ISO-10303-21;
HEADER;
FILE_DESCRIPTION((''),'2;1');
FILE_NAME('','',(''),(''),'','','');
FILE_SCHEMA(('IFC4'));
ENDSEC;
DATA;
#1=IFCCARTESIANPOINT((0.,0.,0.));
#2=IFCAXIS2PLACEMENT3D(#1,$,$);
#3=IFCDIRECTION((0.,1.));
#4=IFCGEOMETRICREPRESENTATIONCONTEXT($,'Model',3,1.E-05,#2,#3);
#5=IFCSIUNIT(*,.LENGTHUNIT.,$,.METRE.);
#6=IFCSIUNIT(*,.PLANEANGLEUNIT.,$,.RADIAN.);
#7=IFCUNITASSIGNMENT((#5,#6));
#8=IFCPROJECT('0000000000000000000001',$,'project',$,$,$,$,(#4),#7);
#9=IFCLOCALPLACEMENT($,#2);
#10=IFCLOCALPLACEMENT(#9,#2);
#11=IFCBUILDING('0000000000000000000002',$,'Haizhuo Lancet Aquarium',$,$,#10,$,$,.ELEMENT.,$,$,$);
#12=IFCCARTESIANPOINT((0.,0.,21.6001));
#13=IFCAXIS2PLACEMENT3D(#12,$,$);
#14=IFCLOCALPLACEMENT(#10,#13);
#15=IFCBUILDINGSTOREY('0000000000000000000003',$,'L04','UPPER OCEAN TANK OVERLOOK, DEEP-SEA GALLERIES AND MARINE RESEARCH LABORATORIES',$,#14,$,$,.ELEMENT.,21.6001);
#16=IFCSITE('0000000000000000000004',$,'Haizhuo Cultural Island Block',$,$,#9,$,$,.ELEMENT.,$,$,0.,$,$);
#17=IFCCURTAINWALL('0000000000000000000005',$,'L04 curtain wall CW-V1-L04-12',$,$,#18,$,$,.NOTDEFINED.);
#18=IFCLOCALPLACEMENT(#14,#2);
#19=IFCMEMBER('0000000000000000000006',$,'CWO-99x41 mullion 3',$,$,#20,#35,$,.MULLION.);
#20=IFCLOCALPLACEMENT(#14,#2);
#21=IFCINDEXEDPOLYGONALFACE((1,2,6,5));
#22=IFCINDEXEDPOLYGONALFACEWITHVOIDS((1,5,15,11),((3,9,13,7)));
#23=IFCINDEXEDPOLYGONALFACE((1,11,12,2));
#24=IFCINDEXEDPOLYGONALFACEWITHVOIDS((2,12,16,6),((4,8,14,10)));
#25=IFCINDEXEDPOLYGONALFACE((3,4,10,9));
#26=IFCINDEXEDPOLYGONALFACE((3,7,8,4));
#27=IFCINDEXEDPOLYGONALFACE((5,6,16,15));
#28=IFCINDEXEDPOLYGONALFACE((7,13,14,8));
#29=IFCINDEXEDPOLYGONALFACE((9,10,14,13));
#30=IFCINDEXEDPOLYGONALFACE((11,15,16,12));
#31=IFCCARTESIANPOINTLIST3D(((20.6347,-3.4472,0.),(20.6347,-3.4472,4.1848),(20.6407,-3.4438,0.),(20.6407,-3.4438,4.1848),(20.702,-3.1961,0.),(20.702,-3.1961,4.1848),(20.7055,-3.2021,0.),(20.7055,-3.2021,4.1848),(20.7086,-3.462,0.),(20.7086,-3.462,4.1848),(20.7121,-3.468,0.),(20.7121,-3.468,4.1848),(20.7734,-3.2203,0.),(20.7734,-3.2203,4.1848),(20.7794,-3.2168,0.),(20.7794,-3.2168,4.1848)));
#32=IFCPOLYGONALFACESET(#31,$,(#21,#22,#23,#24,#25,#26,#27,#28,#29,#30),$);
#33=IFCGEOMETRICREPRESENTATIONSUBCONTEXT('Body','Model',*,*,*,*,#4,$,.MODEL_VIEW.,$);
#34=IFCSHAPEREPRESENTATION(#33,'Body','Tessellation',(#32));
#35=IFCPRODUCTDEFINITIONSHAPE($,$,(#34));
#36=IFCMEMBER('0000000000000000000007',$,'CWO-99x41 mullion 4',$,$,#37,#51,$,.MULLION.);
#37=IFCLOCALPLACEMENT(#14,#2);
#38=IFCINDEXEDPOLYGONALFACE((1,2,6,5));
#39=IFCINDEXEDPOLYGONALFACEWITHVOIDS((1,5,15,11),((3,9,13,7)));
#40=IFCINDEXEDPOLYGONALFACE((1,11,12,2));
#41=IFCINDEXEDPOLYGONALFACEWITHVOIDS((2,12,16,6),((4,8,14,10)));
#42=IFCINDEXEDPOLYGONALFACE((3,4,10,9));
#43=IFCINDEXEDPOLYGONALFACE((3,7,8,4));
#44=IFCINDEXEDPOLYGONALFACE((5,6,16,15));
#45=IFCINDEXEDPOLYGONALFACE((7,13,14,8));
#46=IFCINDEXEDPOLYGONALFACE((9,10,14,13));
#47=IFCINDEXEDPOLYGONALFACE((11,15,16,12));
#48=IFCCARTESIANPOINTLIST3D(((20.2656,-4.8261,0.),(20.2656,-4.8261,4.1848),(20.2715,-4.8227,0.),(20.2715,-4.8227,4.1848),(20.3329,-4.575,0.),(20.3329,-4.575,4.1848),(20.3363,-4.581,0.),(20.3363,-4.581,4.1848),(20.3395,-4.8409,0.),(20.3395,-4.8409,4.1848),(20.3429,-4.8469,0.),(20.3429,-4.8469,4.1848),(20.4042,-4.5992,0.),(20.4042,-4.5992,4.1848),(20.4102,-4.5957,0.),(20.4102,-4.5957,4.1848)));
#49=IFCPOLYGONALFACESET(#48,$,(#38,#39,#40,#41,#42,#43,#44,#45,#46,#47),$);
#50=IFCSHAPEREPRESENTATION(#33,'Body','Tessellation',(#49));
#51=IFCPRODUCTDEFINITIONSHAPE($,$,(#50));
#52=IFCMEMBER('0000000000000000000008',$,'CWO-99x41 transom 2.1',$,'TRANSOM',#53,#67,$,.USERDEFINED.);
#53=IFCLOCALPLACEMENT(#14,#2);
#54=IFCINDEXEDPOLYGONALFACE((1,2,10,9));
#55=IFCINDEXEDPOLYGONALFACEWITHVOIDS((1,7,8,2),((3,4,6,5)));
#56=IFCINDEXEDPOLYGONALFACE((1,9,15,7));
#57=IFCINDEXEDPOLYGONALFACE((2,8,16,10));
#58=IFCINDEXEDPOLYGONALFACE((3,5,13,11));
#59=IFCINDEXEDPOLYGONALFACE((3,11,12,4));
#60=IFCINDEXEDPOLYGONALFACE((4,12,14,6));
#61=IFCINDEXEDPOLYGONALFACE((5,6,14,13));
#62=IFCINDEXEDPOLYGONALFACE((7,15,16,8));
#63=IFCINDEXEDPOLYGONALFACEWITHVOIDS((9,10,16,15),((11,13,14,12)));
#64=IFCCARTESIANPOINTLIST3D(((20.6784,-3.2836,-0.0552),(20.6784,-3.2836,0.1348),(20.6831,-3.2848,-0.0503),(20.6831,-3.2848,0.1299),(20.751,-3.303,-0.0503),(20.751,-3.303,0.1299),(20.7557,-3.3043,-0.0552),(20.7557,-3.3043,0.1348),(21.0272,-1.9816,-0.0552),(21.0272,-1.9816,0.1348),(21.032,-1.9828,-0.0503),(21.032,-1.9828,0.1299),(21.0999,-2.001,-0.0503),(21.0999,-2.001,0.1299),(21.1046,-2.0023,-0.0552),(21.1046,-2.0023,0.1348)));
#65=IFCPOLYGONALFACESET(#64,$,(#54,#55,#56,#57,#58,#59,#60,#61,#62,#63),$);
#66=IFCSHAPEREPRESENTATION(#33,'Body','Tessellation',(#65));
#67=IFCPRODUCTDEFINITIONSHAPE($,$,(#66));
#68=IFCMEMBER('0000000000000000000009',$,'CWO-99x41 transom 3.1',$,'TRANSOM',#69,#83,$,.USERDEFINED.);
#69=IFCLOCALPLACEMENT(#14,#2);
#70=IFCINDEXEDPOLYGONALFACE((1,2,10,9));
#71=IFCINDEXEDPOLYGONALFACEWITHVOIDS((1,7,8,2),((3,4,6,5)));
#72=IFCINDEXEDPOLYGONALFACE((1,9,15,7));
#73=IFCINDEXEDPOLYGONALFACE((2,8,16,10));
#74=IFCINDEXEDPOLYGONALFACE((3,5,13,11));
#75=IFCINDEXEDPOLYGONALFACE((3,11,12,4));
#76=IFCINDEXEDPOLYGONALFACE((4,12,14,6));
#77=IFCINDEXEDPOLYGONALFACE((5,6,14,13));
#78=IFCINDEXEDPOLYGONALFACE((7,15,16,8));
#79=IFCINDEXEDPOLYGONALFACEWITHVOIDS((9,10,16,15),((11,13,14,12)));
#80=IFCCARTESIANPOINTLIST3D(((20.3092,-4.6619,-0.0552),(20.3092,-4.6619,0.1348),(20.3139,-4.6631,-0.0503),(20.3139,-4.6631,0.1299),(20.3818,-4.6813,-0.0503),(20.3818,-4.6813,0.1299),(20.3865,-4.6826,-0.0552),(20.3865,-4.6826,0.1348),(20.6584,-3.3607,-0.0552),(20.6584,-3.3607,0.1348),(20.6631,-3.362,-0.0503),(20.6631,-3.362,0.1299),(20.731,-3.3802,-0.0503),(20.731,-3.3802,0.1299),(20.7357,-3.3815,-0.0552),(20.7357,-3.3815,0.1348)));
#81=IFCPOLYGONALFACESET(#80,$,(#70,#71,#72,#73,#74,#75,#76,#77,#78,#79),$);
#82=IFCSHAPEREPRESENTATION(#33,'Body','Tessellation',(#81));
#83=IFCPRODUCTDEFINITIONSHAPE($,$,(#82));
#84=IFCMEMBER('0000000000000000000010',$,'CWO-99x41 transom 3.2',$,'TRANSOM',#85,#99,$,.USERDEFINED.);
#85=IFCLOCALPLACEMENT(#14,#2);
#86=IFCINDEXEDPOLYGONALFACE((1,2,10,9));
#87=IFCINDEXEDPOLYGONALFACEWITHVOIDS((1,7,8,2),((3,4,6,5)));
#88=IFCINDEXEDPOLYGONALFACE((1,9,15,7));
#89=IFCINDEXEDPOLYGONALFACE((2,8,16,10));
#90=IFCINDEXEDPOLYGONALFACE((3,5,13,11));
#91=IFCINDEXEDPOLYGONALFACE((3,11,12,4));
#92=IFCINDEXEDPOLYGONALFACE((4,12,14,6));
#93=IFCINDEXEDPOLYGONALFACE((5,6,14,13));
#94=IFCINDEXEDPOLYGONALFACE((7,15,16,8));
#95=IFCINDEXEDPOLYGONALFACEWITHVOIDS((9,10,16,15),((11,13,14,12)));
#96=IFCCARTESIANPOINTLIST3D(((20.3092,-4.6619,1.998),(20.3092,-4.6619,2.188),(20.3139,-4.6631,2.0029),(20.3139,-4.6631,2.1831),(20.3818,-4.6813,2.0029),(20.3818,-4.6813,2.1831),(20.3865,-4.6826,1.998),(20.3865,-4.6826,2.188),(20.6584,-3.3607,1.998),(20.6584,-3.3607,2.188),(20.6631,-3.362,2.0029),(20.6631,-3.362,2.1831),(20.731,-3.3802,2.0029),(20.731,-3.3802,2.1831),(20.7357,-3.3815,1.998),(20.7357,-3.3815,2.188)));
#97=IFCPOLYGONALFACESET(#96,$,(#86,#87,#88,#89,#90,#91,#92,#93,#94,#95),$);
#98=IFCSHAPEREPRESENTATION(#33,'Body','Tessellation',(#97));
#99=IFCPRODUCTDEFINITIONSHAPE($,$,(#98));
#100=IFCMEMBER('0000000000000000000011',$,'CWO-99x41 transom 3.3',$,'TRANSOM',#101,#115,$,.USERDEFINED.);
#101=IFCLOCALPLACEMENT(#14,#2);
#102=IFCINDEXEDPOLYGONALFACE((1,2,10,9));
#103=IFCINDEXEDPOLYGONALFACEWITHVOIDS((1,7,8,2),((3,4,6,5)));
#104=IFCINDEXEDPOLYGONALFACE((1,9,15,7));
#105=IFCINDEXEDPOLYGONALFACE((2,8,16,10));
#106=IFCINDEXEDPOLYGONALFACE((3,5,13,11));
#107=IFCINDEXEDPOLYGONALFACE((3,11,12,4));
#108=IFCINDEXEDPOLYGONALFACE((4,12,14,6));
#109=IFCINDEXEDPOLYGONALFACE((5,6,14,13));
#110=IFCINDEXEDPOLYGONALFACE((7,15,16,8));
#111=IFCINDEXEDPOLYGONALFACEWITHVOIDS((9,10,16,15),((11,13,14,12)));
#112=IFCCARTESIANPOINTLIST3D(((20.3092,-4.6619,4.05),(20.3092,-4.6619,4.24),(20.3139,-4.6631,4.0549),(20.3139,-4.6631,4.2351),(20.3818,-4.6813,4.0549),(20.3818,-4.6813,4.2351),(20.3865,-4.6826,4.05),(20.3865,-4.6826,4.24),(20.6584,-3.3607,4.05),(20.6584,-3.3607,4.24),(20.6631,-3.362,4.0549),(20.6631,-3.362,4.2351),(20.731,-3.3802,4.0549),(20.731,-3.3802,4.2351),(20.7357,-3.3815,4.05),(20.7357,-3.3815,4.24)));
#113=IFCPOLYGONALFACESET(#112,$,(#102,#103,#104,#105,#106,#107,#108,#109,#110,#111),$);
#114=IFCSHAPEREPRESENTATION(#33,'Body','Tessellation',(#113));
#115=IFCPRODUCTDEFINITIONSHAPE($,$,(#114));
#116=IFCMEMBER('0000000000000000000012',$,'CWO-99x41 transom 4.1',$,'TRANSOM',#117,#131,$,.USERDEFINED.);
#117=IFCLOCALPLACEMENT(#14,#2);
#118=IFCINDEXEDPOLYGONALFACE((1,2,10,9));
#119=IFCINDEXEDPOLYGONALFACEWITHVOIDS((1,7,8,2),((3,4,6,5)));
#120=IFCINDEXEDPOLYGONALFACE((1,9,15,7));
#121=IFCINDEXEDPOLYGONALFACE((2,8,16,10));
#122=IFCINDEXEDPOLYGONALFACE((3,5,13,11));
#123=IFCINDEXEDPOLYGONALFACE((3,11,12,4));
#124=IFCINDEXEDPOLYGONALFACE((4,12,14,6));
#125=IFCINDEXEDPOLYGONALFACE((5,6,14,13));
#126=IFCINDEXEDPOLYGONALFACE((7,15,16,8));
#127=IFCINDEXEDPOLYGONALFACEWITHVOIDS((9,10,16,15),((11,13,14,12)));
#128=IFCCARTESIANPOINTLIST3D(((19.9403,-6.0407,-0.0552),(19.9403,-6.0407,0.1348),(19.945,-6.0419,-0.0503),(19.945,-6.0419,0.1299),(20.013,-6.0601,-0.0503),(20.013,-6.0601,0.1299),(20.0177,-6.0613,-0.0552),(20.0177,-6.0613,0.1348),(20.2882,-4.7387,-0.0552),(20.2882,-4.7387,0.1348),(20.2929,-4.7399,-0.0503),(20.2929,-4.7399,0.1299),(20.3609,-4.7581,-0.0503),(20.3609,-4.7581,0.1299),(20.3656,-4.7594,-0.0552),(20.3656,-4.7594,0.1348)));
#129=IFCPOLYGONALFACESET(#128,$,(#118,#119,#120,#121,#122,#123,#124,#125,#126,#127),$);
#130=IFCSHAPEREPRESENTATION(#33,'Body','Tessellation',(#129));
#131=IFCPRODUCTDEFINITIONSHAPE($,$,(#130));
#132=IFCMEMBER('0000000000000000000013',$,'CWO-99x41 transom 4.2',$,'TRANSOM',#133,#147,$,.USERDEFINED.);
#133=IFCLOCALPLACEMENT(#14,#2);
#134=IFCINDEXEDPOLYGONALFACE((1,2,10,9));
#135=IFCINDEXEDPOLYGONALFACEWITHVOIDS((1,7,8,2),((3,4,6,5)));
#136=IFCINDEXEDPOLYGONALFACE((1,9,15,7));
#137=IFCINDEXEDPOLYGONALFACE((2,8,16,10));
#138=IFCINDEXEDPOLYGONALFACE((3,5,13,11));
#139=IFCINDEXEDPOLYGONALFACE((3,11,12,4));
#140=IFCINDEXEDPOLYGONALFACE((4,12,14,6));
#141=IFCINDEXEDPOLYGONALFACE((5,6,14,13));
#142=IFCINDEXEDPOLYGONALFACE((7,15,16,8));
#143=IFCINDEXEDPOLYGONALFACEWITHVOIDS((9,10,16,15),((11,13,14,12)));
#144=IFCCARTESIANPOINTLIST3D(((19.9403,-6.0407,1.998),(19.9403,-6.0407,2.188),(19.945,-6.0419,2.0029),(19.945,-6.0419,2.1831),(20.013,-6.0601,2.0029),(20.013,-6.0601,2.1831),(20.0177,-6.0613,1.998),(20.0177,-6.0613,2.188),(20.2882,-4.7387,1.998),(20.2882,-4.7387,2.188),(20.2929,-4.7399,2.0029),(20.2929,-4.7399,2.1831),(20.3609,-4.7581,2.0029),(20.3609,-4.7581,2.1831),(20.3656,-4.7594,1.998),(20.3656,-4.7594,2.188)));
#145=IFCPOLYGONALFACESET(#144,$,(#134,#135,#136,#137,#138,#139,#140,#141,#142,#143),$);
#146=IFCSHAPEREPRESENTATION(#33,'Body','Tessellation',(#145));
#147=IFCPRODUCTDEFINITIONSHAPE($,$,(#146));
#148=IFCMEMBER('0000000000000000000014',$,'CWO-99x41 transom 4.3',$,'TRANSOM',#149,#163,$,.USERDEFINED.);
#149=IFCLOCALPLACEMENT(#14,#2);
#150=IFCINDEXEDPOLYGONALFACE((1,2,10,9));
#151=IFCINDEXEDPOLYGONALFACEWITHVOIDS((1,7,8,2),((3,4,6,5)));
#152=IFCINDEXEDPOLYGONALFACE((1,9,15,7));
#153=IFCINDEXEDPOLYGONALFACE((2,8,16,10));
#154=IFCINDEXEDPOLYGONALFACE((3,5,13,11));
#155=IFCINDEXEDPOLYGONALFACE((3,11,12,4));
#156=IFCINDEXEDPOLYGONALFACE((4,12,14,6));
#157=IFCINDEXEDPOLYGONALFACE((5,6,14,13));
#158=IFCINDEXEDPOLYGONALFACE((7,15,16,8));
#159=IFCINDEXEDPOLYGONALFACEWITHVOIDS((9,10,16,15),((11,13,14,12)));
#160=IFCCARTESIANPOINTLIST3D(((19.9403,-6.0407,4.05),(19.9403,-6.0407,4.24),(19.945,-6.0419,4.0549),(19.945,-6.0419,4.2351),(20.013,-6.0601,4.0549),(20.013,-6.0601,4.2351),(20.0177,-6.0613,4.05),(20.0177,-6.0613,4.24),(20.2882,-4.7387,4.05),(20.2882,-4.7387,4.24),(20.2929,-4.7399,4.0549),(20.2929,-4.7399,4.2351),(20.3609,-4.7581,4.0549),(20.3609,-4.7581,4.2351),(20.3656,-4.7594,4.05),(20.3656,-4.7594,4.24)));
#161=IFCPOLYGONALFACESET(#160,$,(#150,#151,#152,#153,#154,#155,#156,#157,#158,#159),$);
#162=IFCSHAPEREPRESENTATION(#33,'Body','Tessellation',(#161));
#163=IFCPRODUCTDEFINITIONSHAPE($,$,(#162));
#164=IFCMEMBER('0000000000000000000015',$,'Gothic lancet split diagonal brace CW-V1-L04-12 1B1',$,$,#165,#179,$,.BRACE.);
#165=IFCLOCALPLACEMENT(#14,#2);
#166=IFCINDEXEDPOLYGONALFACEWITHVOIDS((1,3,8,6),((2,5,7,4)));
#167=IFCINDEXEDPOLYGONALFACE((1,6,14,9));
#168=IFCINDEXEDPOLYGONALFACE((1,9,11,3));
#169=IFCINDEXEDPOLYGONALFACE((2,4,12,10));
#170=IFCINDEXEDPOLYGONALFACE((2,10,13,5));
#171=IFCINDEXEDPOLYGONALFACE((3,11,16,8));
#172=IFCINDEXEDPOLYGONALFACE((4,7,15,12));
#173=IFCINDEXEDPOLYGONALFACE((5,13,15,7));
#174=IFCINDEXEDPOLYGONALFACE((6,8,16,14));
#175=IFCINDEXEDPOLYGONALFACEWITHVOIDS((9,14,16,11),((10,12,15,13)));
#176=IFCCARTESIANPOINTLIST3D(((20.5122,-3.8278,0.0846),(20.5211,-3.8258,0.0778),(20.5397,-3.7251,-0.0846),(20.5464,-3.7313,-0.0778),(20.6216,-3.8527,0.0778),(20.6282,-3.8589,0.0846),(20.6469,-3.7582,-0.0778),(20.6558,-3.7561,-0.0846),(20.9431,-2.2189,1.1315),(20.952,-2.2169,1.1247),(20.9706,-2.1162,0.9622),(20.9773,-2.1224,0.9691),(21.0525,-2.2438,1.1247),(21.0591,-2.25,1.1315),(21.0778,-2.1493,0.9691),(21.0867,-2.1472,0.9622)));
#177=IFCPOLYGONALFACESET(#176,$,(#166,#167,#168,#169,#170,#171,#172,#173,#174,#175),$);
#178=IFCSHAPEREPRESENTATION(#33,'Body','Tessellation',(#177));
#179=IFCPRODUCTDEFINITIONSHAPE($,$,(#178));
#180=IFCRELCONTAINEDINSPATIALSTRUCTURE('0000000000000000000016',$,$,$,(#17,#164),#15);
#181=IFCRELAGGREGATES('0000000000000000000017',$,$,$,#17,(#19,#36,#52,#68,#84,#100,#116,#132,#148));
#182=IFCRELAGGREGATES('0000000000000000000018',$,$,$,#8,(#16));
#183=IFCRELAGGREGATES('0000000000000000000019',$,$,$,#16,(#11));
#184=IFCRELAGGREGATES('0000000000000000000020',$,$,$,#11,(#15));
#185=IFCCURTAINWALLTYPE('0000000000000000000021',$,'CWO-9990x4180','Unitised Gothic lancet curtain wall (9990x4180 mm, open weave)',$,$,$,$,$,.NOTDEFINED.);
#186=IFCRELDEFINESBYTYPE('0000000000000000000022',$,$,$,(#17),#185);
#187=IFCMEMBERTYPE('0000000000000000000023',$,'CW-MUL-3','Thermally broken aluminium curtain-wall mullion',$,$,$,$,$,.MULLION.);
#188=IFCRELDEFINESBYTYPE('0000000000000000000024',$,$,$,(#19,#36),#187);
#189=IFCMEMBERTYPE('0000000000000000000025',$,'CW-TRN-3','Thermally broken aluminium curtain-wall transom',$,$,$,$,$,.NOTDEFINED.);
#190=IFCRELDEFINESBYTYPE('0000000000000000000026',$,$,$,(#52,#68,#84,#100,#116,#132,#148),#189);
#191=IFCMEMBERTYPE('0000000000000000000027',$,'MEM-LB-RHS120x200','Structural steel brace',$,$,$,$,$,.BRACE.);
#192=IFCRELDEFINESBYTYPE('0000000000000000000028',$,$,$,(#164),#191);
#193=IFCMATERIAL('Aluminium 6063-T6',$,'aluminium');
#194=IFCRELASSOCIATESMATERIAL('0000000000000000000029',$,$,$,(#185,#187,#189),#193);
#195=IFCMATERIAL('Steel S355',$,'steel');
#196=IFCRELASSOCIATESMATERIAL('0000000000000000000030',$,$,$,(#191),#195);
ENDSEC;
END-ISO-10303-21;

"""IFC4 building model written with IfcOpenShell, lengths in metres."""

from ifc_helpers import new_model, si_unit, direction, frame, origin, origin_2d, place, context, subcontext, project, spatial, hollow_rectangle, extrude, material, material_profile, profile_set, type_object, element, aggregate, save


model = new_model("IFC4")

# Units and contexts
model_context = context("Model", 3, precision=1e-05, world=origin(), true_north=direction((0.0, 1.0)))
body_context = subcontext(model_context, "Body", "Model", "MODEL_VIEW")
ifc_project = project(units=[si_unit("LENGTHUNIT", "METRE"), si_unit("PLANEANGLEUNIT", "RADIAN")], contexts=[model_context])

# Site, building, storey
site_placement = place(None, origin())
site = spatial("IfcSite", under=ifc_project, at=site_placement, Name="Haizhuo Cultural Island Block", CompositionType="ELEMENT", RefElevation=0.0)
building_placement = place(site_placement, origin())
building = spatial("IfcBuilding", under=site, at=building_placement, Name="Haizhuo Lancet Aquarium", CompositionType="ELEMENT")
storey_placement = place(building_placement, frame((0.0, 0.0, 21.6001)))
storey = spatial("IfcBuildingStorey", under=building, at=storey_placement, Name="L04", Description="UPPER OCEAN TANK OVERLOOK, DEEP-SEA GALLERIES AND MARINE RESEARCH LABORATORIES", CompositionType="ELEMENT", Elevation=21.6001)

# Curtain wall, members
ifc_material_1 = material(Name="Aluminium 6063-T6", Category="aluminium")
curtain_wall_type = type_object("IfcCurtainWallType", Name="CWO-9990x4180", Description="Unitised Gothic lancet curtain wall (9990x4180 mm, open weave)", PredefinedType="NOTDEFINED", material=ifc_material_1)
curtain_wall_placement = place(storey_placement, origin())
curtain_wall = element("IfcCurtainWall", 1, at=curtain_wall_placement, inside=storey, type_object=curtain_wall_type, Name="L04 curtain wall CW-V1-L04-12", PredefinedType="NOTDEFINED")
ifc_material_profile_1 = material_profile(ifc_material_1, hollow_rectangle(XDim=0.0801, YDim=0.26, WallThickness=0.0049, at=origin_2d()), Name="ALU-M 80x260x5")
ifc_profile_set_1 = profile_set([ifc_material_profile_1], Name="Aluminium 6063-T6")
member_type_1 = type_object("IfcMemberType", Name="CW-MUL-3", Description="Thermally broken aluminium curtain-wall mullion", PredefinedType="MULLION", material=ifc_profile_set_1)
member_1_placement = place(storey_placement, frame((20.707, -3.332, 0.0), z_axis=(0.0, 0.0, 1.0), x_axis=(0.965917, -0.258853, 0.0)))
member_1 = element("IfcMember", 2, at=member_1_placement, type_object=member_type_1, Name="CWO-99x41 mullion 3", PredefinedType="MULLION", context=body_context, shape_type="SweptSolid", body=[
    extrude(hollow_rectangle(XDim=0.0801, YDim=0.26, WallThickness=0.0049, at=origin_2d()), origin(), (0.0, 0.0, 1.0), 4.1848),
])
member_2_placement = place(storey_placement, frame((20.3379, -4.7109, 0.0), z_axis=(0.0, 0.0, 1.0), x_axis=(0.965917, -0.258853, 0.0)))
member_2 = element("IfcMember", 3, at=member_2_placement, type_object=member_type_1, Name="CWO-99x41 mullion 4", PredefinedType="MULLION", context=body_context, shape_type="SweptSolid", body=[
    extrude(hollow_rectangle(XDim=0.0801, YDim=0.26, WallThickness=0.0049, at=origin_2d()), origin(), (0.0, 0.0, 1.0), 4.1848),
])
ifc_material_profile_2 = material_profile(ifc_material_1, hollow_rectangle(XDim=0.0801, YDim=0.1899, WallThickness=0.0049, at=origin_2d()), Name="ALU-T 80x190x5")
ifc_profile_set_2 = profile_set([ifc_material_profile_2], Name="Aluminium 6063-T6")
member_type_2 = type_object("IfcMemberType", Name="CW-TRN-3", Description="Thermally broken aluminium curtain-wall transom", PredefinedType="NOTDEFINED", material=ifc_profile_set_2)
member_3_placement = place(storey_placement, frame((21.0659, -1.9919, 0.0398), z_axis=(-0.258824, -0.965925, 0.0), x_axis=(0.965925, -0.258824, 0.0)))
member_3 = element("IfcMember", 4, at=member_3_placement, type_object=member_type_2, Name="CWO-99x41 transom 2.1", ObjectType="TRANSOM", PredefinedType="USERDEFINED", context=body_context, shape_type="SweptSolid", body=[
    extrude(hollow_rectangle(XDim=0.0801, YDim=0.1899, WallThickness=0.0049, at=origin_2d()), origin(), (0.0, 0.0, 1.0), 1.3479),
])
member_4_placement = place(storey_placement, frame((20.697, -3.3711, 0.0398), z_axis=(-0.259174, -0.965831, 0.0), x_axis=(0.965831, -0.259174, 0.0)))
member_4 = element("IfcMember", 5, at=member_4_placement, type_object=member_type_2, Name="CWO-99x41 transom 3.1", ObjectType="TRANSOM", PredefinedType="USERDEFINED", context=body_context, shape_type="SweptSolid", body=[
    extrude(hollow_rectangle(XDim=0.0801, YDim=0.1899, WallThickness=0.0049, at=origin_2d()), origin(), (0.0, 0.0, 1.0), 1.3472),
])
member_5_placement = place(storey_placement, frame((20.697, -3.3711, 2.093), z_axis=(-0.259174, -0.965831, 0.0), x_axis=(0.965831, -0.259174, 0.0)))
member_5 = element("IfcMember", 6, at=member_5_placement, type_object=member_type_2, Name="CWO-99x41 transom 3.2", ObjectType="TRANSOM", PredefinedType="USERDEFINED", context=body_context, shape_type="SweptSolid", body=[
    extrude(hollow_rectangle(XDim=0.0801, YDim=0.1899, WallThickness=0.0049, at=origin_2d()), origin(), (0.0, 0.0, 1.0), 1.3472),
])
member_6_placement = place(storey_placement, frame((20.697, -3.3711, 4.145), z_axis=(-0.259174, -0.965831, 0.0), x_axis=(0.965831, -0.259174, 0.0)))
member_6 = element("IfcMember", 7, at=member_6_placement, type_object=member_type_2, Name="CWO-99x41 transom 3.3", ObjectType="TRANSOM", PredefinedType="USERDEFINED", context=body_context, shape_type="SweptSolid", body=[
    extrude(hollow_rectangle(XDim=0.0801, YDim=0.1899, WallThickness=0.0049, at=origin_2d()), origin(), (0.0, 0.0, 1.0), 1.3472),
])
member_7_placement = place(storey_placement, frame((20.3269, -4.749, 0.0398), z_axis=(-0.258147, -0.966106, 0.0), x_axis=(0.966106, -0.258147, 0.0)))
member_7 = element("IfcMember", 8, at=member_7_placement, type_object=member_type_2, Name="CWO-99x41 transom 4.1", ObjectType="TRANSOM", PredefinedType="USERDEFINED", context=body_context, shape_type="SweptSolid", body=[
    extrude(hollow_rectangle(XDim=0.0801, YDim=0.1899, WallThickness=0.0049, at=origin_2d()), origin(), (0.0, 0.0, 1.0), 1.3477),
])
member_8_placement = place(storey_placement, frame((20.3269, -4.749, 2.093), z_axis=(-0.258147, -0.966106, 0.0), x_axis=(0.966106, -0.258147, 0.0)))
member_8 = element("IfcMember", 9, at=member_8_placement, type_object=member_type_2, Name="CWO-99x41 transom 4.2", ObjectType="TRANSOM", PredefinedType="USERDEFINED", context=body_context, shape_type="SweptSolid", body=[
    extrude(hollow_rectangle(XDim=0.0801, YDim=0.1899, WallThickness=0.0049, at=origin_2d()), origin(), (0.0, 0.0, 1.0), 1.3477),
])
member_9_placement = place(storey_placement, frame((20.3269, -4.749, 4.145), z_axis=(-0.258147, -0.966106, 0.0), x_axis=(0.966106, -0.258147, 0.0)))
member_9 = element("IfcMember", 10, at=member_9_placement, type_object=member_type_2, Name="CWO-99x41 transom 4.3", ObjectType="TRANSOM", PredefinedType="USERDEFINED", context=body_context, shape_type="SweptSolid", body=[
    extrude(hollow_rectangle(XDim=0.0801, YDim=0.1899, WallThickness=0.0049, at=origin_2d()), origin(), (0.0, 0.0, 1.0), 1.3477),
])

# Member
ifc_material_2 = material(Name="Steel S355", Category="steel")
ifc_material_profile_3 = material_profile(ifc_material_2, hollow_rectangle(XDim=0.1201, YDim=0.2, WallThickness=0.0081, at=origin_2d()), Name="RHS 120x200x8")
ifc_profile_set_3 = profile_set([ifc_material_profile_3], Name="Steel S355")
member_type_3 = type_object("IfcMemberType", Name="MEM-LB-RHS120x200", Description="Structural steel brace", PredefinedType="BRACE", material=ifc_profile_set_3)
member_10_placement = place(storey_placement, frame((20.584, -3.792, 0.0), z_axis=(0.219039, 0.817828, 0.532146), x_axis=(-0.965955, 0.258712, 0.0)))
element("IfcMember", 11, at=member_10_placement, inside=storey, type_object=member_type_3, Name="Gothic lancet split diagonal brace CW-V1-L04-12 1B1", PredefinedType="BRACE", context=body_context, shape_type="SweptSolid", body=[
    extrude(hollow_rectangle(XDim=0.1201, YDim=0.2, WallThickness=0.0081, at=origin_2d()), origin(), (0.0, 0.0, 1.0), 1.9673),
])

aggregate(curtain_wall, [member_1, member_2, member_3, member_4, member_5, member_6, member_7, member_8, member_9])

save(model, "model.ifc")
